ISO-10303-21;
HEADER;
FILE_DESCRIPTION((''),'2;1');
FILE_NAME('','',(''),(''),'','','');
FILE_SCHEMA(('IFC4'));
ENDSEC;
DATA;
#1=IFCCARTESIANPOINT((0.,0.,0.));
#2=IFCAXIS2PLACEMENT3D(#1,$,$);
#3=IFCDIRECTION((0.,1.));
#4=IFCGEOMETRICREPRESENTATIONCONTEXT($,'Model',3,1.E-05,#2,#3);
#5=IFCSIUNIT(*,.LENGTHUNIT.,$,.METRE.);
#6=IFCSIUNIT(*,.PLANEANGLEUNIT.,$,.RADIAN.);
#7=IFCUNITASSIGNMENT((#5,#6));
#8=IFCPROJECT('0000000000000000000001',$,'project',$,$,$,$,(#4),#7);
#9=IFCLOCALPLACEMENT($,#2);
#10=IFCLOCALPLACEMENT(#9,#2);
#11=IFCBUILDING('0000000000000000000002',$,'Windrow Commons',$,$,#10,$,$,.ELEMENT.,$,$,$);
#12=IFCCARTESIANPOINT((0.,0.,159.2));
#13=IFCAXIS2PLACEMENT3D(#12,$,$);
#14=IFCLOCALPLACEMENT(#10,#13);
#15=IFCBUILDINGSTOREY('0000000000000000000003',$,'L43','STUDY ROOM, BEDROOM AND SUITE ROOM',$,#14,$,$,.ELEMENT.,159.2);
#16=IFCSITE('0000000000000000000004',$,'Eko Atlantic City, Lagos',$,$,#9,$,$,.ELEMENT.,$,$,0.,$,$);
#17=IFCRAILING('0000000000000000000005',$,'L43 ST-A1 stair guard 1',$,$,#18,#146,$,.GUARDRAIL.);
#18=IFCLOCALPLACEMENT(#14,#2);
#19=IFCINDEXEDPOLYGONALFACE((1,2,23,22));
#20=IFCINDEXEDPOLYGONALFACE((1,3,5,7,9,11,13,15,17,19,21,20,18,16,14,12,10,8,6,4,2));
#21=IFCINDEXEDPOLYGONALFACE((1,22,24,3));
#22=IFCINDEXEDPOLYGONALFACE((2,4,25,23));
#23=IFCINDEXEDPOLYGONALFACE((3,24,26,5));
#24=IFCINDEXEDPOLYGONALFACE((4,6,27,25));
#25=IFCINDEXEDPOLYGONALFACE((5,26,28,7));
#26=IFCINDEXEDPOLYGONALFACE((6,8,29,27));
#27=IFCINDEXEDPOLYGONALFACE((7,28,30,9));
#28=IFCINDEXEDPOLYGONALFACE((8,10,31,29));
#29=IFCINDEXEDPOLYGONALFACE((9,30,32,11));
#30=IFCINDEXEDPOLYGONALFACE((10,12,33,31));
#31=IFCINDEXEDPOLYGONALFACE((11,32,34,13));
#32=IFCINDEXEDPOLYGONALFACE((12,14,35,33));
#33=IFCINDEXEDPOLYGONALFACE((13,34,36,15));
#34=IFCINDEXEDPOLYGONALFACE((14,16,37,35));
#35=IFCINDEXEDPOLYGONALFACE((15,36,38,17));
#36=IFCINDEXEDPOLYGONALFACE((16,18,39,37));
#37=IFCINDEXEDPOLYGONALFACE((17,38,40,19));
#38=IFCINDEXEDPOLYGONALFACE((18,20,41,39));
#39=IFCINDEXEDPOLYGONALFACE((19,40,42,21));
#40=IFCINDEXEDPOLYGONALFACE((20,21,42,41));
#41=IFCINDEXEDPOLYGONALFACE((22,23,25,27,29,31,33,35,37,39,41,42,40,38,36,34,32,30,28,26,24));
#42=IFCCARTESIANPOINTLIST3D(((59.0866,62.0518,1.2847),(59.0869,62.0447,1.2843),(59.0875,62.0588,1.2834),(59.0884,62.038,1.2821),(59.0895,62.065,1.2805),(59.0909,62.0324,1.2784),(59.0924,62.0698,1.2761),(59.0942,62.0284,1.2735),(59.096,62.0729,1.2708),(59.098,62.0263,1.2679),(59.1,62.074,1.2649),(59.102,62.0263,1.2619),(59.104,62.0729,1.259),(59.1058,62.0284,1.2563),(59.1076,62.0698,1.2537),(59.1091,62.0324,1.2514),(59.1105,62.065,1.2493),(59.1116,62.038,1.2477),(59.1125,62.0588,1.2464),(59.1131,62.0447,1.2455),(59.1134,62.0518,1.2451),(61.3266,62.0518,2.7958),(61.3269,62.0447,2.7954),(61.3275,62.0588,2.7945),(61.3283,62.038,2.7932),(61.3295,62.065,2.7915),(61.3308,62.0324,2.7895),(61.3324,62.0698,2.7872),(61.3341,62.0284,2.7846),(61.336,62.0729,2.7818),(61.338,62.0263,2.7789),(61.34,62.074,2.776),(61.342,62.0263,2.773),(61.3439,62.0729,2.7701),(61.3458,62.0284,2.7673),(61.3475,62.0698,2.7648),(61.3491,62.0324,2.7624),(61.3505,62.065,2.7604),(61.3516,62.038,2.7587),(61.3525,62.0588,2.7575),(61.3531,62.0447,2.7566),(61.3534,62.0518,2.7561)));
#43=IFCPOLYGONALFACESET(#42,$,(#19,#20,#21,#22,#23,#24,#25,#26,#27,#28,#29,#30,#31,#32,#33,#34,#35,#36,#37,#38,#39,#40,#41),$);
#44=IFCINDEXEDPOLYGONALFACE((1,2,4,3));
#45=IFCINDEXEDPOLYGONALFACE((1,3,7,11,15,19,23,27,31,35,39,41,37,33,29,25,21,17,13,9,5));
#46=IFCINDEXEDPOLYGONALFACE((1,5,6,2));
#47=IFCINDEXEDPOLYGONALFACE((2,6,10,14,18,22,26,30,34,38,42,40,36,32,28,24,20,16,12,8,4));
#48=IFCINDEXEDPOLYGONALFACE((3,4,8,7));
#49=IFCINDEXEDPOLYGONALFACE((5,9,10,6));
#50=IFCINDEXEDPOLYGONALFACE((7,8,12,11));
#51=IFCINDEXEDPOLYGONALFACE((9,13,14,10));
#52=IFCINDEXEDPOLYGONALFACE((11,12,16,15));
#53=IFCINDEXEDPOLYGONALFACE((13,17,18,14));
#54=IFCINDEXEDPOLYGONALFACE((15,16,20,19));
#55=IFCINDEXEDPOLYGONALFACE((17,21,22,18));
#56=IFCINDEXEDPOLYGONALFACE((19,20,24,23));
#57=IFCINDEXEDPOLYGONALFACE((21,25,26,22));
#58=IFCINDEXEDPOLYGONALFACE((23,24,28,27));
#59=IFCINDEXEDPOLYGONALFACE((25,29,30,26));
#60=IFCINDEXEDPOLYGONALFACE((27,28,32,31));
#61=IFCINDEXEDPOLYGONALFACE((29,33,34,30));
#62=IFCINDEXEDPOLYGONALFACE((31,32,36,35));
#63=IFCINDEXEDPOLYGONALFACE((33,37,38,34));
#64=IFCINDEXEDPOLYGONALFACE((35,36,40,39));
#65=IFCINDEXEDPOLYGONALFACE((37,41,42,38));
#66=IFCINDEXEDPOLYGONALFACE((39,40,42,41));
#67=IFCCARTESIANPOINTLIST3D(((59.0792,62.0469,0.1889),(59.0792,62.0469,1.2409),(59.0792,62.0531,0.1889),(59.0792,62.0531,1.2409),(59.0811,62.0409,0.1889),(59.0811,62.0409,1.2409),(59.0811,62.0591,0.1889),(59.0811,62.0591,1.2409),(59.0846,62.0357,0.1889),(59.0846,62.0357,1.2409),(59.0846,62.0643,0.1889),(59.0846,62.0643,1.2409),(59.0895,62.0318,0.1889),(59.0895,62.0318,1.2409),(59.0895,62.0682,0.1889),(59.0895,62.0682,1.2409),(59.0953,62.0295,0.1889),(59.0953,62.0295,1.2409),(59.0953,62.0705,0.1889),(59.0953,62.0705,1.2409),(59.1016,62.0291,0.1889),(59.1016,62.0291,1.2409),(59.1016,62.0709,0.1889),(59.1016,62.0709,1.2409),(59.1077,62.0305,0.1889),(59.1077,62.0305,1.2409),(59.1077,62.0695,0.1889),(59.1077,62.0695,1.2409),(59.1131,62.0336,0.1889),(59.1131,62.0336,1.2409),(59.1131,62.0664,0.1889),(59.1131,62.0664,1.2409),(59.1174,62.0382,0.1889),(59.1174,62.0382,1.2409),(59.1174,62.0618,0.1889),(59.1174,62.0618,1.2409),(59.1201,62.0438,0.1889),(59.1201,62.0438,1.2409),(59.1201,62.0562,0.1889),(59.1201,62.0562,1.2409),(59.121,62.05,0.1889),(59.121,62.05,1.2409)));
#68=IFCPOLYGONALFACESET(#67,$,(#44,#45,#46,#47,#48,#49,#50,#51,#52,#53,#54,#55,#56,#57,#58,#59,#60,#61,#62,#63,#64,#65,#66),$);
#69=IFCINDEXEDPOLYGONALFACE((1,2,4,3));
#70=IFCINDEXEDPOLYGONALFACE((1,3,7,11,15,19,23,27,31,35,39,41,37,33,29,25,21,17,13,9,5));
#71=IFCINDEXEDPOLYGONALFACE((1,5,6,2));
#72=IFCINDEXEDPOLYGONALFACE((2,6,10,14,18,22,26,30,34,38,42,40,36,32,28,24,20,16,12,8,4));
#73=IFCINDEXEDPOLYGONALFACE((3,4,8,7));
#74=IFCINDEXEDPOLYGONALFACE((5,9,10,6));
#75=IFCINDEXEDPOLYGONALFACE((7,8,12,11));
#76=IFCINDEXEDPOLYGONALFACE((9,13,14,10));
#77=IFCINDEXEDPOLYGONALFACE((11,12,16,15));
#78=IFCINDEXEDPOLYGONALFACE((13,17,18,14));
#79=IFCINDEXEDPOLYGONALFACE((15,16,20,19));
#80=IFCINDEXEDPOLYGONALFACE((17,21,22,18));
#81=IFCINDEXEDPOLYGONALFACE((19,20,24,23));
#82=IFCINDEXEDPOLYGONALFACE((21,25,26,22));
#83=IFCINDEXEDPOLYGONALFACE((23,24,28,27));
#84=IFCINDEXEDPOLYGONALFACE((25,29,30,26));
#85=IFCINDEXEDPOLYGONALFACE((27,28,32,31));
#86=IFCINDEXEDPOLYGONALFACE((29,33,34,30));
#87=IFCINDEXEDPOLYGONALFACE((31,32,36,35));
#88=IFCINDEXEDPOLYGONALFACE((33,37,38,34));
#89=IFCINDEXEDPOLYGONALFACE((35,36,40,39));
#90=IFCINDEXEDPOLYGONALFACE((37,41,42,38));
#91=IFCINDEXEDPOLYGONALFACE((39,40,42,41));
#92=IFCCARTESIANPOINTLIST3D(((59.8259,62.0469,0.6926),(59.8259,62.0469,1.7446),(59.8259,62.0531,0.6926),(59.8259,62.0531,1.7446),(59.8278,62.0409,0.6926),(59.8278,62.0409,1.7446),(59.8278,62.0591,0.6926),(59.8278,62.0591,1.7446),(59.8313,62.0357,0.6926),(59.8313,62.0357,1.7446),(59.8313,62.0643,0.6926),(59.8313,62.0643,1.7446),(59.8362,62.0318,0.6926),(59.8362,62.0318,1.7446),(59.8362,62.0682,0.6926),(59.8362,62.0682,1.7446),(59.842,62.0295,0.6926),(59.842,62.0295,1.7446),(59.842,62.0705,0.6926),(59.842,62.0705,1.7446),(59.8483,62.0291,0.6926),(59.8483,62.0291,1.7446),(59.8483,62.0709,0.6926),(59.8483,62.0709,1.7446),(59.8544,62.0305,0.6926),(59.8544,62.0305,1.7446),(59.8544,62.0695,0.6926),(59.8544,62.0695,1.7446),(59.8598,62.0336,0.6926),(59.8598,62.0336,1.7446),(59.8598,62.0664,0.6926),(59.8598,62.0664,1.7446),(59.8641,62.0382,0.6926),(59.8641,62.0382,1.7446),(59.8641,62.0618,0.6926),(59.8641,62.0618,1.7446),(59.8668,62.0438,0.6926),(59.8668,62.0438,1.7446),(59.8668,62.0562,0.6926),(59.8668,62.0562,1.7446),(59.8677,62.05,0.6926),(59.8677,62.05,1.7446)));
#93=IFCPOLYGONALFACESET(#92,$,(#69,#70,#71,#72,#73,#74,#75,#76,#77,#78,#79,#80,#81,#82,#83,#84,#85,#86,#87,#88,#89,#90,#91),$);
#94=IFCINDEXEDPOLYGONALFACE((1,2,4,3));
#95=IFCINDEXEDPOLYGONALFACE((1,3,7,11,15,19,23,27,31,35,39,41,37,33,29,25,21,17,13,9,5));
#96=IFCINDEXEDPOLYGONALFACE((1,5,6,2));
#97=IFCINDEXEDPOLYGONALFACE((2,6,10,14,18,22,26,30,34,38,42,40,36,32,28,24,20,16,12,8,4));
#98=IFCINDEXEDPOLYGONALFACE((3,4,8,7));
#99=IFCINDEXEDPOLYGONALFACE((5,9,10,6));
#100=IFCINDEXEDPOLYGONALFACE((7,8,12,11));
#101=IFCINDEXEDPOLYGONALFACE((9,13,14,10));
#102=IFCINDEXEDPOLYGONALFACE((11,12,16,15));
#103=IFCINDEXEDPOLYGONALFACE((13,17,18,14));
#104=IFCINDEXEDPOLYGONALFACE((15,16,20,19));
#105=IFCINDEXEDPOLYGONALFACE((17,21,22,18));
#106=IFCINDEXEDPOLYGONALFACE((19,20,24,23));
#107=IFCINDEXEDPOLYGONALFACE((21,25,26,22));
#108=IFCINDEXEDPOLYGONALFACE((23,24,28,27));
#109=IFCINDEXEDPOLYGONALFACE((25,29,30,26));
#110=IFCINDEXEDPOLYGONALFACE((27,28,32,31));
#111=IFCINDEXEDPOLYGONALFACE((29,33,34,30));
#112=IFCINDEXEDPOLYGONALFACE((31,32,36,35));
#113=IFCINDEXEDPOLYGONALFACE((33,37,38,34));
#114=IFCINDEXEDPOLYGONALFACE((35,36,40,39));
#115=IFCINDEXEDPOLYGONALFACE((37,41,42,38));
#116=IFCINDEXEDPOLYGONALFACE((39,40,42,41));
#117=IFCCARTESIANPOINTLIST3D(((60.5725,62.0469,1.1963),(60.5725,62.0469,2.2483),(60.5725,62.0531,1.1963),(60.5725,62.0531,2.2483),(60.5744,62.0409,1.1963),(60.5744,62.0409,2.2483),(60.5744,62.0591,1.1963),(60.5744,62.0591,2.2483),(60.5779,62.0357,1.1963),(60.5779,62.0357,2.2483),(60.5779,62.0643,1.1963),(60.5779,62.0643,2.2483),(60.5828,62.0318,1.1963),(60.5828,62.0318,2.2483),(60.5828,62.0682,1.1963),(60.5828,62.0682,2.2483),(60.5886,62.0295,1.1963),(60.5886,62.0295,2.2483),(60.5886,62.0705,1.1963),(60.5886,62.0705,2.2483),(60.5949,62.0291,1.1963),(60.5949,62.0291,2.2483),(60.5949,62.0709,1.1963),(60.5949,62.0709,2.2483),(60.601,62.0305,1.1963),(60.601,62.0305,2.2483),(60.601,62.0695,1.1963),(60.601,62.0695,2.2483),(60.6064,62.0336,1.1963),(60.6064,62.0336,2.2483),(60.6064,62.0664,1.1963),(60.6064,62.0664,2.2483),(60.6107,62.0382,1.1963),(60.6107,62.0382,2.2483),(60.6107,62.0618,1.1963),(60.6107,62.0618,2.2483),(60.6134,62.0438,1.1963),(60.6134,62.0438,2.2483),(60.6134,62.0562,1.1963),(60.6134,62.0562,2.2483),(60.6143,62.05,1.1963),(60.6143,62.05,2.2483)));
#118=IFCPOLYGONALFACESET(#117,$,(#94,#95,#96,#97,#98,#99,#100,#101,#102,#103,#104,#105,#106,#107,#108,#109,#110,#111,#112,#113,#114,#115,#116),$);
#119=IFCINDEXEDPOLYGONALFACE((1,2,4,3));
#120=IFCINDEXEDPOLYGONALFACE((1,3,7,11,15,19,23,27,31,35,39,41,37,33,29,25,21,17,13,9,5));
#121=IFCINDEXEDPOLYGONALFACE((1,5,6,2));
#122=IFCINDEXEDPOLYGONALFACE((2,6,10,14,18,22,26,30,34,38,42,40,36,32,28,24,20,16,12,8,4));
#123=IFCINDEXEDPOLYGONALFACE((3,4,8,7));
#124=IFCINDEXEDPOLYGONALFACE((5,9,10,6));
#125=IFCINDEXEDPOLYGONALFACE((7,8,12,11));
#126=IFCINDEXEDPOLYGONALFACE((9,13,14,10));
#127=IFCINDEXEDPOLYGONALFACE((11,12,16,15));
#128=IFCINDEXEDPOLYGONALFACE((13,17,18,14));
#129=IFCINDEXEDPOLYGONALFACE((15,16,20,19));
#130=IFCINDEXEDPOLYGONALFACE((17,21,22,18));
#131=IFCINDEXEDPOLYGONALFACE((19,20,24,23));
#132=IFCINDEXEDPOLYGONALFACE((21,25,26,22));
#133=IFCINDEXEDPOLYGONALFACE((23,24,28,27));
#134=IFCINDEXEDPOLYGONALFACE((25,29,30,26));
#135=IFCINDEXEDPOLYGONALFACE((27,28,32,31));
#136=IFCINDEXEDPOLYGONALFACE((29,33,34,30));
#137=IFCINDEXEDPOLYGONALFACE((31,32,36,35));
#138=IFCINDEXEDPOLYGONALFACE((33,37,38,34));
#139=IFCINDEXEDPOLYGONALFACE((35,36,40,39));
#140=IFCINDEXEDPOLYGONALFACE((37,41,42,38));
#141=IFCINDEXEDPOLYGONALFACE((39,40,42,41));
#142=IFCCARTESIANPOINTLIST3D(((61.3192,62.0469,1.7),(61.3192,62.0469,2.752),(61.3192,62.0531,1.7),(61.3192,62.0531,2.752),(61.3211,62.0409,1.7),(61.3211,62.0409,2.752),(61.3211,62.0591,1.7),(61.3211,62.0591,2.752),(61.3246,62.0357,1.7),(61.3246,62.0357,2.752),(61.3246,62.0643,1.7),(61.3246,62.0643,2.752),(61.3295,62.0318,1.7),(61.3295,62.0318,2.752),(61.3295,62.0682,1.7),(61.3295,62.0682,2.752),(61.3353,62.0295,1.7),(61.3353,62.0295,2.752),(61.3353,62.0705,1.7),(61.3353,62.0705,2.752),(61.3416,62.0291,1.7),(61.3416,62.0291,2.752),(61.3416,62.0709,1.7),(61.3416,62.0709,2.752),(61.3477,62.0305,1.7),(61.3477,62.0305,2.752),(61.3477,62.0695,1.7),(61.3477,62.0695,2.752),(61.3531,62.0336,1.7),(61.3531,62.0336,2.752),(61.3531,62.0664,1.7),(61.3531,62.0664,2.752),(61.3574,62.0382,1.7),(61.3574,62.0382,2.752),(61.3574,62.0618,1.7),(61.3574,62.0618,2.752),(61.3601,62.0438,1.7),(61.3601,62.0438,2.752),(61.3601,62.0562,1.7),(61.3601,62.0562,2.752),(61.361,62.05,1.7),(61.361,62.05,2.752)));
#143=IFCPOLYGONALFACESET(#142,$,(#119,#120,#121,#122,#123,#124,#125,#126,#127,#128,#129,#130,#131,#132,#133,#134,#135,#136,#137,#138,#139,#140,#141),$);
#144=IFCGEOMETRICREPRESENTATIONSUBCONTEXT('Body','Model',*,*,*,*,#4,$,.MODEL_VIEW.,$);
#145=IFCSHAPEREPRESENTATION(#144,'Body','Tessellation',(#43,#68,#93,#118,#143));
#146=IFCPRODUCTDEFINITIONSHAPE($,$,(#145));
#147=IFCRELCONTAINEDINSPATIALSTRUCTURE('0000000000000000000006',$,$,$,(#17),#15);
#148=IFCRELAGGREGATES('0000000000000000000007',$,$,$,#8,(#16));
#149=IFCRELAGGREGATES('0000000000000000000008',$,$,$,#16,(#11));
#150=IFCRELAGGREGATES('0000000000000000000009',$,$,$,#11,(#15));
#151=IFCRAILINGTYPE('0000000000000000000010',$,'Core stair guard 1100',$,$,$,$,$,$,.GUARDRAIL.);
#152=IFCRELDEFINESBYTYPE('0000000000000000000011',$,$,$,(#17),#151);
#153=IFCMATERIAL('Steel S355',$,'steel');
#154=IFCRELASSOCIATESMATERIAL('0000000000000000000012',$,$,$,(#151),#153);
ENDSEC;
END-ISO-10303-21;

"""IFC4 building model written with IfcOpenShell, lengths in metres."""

from ifc_helpers import new_model, si_unit, direction, frame, origin, origin_2d, place, context, subcontext, project, spatial, circle, extrude, material, type_object, element, save


model = new_model("IFC4")

# Units and contexts
model_context = context("Model", 3, precision=1e-05, world=origin(), true_north=direction((0.0, 1.0)))
body_context = subcontext(model_context, "Body", "Model", "MODEL_VIEW")
ifc_project = project(units=[si_unit("LENGTHUNIT", "METRE"), si_unit("PLANEANGLEUNIT", "RADIAN")], contexts=[model_context])

# Site, building, storey
site_placement = place(None, origin())
site = spatial("IfcSite", under=ifc_project, at=site_placement, Name="Eko Atlantic City, Lagos", CompositionType="ELEMENT", RefElevation=0.0)
building_placement = place(site_placement, origin())
building = spatial("IfcBuilding", under=site, at=building_placement, Name="Windrow Commons", CompositionType="ELEMENT")
storey_placement = place(building_placement, frame((0.0, 0.0, 159.2)))
storey = spatial("IfcBuildingStorey", under=building, at=storey_placement, Name="L43", Description="STUDY ROOM, BEDROOM AND SUITE ROOM", CompositionType="ELEMENT", Elevation=159.2)

# Railing
ifc_material_1 = material(Name="Steel S355", Category="steel")
railing_type_1 = type_object("IfcRailingType", Name="Core stair guard 1100", PredefinedType="GUARDRAIL", material=ifc_material_1)
railing_1_placement = place(storey_placement, frame((59.1, 62.05, 0.1889)))
element("IfcRailing", 1, at=railing_1_placement, inside=storey, type_object=railing_type_1, Name="L43 ST-A1 stair guard 1", PredefinedType="GUARDRAIL", context=body_context, shape_type="SweptSolid", body=[
    extrude(circle(Radius=0.024, at=origin_2d()), frame((0.0, 0.0, 1.076), z_axis=(0.829003, 0.0, 0.559244), x_axis=(0.0, 1.0, 0.0)), (0.0, 0.0, 1.0), 2.702),
    extrude(circle(Radius=0.021, at=origin_2d()), origin(), (0.0, 0.0, 1.0), 1.052),
    extrude(circle(Radius=0.021, at=origin_2d()), frame((0.7467, 0.0, 0.5037)), (0.0, 0.0, 1.0), 1.052),
    extrude(circle(Radius=0.021, at=origin_2d()), frame((1.4933, 0.0, 1.0074)), (0.0, 0.0, 1.0), 1.052),
    extrude(circle(Radius=0.021, at=origin_2d()), frame((2.24, 0.0, 1.5111)), (0.0, 0.0, 1.0), 1.052),
])

save(model, "model.ifc")
